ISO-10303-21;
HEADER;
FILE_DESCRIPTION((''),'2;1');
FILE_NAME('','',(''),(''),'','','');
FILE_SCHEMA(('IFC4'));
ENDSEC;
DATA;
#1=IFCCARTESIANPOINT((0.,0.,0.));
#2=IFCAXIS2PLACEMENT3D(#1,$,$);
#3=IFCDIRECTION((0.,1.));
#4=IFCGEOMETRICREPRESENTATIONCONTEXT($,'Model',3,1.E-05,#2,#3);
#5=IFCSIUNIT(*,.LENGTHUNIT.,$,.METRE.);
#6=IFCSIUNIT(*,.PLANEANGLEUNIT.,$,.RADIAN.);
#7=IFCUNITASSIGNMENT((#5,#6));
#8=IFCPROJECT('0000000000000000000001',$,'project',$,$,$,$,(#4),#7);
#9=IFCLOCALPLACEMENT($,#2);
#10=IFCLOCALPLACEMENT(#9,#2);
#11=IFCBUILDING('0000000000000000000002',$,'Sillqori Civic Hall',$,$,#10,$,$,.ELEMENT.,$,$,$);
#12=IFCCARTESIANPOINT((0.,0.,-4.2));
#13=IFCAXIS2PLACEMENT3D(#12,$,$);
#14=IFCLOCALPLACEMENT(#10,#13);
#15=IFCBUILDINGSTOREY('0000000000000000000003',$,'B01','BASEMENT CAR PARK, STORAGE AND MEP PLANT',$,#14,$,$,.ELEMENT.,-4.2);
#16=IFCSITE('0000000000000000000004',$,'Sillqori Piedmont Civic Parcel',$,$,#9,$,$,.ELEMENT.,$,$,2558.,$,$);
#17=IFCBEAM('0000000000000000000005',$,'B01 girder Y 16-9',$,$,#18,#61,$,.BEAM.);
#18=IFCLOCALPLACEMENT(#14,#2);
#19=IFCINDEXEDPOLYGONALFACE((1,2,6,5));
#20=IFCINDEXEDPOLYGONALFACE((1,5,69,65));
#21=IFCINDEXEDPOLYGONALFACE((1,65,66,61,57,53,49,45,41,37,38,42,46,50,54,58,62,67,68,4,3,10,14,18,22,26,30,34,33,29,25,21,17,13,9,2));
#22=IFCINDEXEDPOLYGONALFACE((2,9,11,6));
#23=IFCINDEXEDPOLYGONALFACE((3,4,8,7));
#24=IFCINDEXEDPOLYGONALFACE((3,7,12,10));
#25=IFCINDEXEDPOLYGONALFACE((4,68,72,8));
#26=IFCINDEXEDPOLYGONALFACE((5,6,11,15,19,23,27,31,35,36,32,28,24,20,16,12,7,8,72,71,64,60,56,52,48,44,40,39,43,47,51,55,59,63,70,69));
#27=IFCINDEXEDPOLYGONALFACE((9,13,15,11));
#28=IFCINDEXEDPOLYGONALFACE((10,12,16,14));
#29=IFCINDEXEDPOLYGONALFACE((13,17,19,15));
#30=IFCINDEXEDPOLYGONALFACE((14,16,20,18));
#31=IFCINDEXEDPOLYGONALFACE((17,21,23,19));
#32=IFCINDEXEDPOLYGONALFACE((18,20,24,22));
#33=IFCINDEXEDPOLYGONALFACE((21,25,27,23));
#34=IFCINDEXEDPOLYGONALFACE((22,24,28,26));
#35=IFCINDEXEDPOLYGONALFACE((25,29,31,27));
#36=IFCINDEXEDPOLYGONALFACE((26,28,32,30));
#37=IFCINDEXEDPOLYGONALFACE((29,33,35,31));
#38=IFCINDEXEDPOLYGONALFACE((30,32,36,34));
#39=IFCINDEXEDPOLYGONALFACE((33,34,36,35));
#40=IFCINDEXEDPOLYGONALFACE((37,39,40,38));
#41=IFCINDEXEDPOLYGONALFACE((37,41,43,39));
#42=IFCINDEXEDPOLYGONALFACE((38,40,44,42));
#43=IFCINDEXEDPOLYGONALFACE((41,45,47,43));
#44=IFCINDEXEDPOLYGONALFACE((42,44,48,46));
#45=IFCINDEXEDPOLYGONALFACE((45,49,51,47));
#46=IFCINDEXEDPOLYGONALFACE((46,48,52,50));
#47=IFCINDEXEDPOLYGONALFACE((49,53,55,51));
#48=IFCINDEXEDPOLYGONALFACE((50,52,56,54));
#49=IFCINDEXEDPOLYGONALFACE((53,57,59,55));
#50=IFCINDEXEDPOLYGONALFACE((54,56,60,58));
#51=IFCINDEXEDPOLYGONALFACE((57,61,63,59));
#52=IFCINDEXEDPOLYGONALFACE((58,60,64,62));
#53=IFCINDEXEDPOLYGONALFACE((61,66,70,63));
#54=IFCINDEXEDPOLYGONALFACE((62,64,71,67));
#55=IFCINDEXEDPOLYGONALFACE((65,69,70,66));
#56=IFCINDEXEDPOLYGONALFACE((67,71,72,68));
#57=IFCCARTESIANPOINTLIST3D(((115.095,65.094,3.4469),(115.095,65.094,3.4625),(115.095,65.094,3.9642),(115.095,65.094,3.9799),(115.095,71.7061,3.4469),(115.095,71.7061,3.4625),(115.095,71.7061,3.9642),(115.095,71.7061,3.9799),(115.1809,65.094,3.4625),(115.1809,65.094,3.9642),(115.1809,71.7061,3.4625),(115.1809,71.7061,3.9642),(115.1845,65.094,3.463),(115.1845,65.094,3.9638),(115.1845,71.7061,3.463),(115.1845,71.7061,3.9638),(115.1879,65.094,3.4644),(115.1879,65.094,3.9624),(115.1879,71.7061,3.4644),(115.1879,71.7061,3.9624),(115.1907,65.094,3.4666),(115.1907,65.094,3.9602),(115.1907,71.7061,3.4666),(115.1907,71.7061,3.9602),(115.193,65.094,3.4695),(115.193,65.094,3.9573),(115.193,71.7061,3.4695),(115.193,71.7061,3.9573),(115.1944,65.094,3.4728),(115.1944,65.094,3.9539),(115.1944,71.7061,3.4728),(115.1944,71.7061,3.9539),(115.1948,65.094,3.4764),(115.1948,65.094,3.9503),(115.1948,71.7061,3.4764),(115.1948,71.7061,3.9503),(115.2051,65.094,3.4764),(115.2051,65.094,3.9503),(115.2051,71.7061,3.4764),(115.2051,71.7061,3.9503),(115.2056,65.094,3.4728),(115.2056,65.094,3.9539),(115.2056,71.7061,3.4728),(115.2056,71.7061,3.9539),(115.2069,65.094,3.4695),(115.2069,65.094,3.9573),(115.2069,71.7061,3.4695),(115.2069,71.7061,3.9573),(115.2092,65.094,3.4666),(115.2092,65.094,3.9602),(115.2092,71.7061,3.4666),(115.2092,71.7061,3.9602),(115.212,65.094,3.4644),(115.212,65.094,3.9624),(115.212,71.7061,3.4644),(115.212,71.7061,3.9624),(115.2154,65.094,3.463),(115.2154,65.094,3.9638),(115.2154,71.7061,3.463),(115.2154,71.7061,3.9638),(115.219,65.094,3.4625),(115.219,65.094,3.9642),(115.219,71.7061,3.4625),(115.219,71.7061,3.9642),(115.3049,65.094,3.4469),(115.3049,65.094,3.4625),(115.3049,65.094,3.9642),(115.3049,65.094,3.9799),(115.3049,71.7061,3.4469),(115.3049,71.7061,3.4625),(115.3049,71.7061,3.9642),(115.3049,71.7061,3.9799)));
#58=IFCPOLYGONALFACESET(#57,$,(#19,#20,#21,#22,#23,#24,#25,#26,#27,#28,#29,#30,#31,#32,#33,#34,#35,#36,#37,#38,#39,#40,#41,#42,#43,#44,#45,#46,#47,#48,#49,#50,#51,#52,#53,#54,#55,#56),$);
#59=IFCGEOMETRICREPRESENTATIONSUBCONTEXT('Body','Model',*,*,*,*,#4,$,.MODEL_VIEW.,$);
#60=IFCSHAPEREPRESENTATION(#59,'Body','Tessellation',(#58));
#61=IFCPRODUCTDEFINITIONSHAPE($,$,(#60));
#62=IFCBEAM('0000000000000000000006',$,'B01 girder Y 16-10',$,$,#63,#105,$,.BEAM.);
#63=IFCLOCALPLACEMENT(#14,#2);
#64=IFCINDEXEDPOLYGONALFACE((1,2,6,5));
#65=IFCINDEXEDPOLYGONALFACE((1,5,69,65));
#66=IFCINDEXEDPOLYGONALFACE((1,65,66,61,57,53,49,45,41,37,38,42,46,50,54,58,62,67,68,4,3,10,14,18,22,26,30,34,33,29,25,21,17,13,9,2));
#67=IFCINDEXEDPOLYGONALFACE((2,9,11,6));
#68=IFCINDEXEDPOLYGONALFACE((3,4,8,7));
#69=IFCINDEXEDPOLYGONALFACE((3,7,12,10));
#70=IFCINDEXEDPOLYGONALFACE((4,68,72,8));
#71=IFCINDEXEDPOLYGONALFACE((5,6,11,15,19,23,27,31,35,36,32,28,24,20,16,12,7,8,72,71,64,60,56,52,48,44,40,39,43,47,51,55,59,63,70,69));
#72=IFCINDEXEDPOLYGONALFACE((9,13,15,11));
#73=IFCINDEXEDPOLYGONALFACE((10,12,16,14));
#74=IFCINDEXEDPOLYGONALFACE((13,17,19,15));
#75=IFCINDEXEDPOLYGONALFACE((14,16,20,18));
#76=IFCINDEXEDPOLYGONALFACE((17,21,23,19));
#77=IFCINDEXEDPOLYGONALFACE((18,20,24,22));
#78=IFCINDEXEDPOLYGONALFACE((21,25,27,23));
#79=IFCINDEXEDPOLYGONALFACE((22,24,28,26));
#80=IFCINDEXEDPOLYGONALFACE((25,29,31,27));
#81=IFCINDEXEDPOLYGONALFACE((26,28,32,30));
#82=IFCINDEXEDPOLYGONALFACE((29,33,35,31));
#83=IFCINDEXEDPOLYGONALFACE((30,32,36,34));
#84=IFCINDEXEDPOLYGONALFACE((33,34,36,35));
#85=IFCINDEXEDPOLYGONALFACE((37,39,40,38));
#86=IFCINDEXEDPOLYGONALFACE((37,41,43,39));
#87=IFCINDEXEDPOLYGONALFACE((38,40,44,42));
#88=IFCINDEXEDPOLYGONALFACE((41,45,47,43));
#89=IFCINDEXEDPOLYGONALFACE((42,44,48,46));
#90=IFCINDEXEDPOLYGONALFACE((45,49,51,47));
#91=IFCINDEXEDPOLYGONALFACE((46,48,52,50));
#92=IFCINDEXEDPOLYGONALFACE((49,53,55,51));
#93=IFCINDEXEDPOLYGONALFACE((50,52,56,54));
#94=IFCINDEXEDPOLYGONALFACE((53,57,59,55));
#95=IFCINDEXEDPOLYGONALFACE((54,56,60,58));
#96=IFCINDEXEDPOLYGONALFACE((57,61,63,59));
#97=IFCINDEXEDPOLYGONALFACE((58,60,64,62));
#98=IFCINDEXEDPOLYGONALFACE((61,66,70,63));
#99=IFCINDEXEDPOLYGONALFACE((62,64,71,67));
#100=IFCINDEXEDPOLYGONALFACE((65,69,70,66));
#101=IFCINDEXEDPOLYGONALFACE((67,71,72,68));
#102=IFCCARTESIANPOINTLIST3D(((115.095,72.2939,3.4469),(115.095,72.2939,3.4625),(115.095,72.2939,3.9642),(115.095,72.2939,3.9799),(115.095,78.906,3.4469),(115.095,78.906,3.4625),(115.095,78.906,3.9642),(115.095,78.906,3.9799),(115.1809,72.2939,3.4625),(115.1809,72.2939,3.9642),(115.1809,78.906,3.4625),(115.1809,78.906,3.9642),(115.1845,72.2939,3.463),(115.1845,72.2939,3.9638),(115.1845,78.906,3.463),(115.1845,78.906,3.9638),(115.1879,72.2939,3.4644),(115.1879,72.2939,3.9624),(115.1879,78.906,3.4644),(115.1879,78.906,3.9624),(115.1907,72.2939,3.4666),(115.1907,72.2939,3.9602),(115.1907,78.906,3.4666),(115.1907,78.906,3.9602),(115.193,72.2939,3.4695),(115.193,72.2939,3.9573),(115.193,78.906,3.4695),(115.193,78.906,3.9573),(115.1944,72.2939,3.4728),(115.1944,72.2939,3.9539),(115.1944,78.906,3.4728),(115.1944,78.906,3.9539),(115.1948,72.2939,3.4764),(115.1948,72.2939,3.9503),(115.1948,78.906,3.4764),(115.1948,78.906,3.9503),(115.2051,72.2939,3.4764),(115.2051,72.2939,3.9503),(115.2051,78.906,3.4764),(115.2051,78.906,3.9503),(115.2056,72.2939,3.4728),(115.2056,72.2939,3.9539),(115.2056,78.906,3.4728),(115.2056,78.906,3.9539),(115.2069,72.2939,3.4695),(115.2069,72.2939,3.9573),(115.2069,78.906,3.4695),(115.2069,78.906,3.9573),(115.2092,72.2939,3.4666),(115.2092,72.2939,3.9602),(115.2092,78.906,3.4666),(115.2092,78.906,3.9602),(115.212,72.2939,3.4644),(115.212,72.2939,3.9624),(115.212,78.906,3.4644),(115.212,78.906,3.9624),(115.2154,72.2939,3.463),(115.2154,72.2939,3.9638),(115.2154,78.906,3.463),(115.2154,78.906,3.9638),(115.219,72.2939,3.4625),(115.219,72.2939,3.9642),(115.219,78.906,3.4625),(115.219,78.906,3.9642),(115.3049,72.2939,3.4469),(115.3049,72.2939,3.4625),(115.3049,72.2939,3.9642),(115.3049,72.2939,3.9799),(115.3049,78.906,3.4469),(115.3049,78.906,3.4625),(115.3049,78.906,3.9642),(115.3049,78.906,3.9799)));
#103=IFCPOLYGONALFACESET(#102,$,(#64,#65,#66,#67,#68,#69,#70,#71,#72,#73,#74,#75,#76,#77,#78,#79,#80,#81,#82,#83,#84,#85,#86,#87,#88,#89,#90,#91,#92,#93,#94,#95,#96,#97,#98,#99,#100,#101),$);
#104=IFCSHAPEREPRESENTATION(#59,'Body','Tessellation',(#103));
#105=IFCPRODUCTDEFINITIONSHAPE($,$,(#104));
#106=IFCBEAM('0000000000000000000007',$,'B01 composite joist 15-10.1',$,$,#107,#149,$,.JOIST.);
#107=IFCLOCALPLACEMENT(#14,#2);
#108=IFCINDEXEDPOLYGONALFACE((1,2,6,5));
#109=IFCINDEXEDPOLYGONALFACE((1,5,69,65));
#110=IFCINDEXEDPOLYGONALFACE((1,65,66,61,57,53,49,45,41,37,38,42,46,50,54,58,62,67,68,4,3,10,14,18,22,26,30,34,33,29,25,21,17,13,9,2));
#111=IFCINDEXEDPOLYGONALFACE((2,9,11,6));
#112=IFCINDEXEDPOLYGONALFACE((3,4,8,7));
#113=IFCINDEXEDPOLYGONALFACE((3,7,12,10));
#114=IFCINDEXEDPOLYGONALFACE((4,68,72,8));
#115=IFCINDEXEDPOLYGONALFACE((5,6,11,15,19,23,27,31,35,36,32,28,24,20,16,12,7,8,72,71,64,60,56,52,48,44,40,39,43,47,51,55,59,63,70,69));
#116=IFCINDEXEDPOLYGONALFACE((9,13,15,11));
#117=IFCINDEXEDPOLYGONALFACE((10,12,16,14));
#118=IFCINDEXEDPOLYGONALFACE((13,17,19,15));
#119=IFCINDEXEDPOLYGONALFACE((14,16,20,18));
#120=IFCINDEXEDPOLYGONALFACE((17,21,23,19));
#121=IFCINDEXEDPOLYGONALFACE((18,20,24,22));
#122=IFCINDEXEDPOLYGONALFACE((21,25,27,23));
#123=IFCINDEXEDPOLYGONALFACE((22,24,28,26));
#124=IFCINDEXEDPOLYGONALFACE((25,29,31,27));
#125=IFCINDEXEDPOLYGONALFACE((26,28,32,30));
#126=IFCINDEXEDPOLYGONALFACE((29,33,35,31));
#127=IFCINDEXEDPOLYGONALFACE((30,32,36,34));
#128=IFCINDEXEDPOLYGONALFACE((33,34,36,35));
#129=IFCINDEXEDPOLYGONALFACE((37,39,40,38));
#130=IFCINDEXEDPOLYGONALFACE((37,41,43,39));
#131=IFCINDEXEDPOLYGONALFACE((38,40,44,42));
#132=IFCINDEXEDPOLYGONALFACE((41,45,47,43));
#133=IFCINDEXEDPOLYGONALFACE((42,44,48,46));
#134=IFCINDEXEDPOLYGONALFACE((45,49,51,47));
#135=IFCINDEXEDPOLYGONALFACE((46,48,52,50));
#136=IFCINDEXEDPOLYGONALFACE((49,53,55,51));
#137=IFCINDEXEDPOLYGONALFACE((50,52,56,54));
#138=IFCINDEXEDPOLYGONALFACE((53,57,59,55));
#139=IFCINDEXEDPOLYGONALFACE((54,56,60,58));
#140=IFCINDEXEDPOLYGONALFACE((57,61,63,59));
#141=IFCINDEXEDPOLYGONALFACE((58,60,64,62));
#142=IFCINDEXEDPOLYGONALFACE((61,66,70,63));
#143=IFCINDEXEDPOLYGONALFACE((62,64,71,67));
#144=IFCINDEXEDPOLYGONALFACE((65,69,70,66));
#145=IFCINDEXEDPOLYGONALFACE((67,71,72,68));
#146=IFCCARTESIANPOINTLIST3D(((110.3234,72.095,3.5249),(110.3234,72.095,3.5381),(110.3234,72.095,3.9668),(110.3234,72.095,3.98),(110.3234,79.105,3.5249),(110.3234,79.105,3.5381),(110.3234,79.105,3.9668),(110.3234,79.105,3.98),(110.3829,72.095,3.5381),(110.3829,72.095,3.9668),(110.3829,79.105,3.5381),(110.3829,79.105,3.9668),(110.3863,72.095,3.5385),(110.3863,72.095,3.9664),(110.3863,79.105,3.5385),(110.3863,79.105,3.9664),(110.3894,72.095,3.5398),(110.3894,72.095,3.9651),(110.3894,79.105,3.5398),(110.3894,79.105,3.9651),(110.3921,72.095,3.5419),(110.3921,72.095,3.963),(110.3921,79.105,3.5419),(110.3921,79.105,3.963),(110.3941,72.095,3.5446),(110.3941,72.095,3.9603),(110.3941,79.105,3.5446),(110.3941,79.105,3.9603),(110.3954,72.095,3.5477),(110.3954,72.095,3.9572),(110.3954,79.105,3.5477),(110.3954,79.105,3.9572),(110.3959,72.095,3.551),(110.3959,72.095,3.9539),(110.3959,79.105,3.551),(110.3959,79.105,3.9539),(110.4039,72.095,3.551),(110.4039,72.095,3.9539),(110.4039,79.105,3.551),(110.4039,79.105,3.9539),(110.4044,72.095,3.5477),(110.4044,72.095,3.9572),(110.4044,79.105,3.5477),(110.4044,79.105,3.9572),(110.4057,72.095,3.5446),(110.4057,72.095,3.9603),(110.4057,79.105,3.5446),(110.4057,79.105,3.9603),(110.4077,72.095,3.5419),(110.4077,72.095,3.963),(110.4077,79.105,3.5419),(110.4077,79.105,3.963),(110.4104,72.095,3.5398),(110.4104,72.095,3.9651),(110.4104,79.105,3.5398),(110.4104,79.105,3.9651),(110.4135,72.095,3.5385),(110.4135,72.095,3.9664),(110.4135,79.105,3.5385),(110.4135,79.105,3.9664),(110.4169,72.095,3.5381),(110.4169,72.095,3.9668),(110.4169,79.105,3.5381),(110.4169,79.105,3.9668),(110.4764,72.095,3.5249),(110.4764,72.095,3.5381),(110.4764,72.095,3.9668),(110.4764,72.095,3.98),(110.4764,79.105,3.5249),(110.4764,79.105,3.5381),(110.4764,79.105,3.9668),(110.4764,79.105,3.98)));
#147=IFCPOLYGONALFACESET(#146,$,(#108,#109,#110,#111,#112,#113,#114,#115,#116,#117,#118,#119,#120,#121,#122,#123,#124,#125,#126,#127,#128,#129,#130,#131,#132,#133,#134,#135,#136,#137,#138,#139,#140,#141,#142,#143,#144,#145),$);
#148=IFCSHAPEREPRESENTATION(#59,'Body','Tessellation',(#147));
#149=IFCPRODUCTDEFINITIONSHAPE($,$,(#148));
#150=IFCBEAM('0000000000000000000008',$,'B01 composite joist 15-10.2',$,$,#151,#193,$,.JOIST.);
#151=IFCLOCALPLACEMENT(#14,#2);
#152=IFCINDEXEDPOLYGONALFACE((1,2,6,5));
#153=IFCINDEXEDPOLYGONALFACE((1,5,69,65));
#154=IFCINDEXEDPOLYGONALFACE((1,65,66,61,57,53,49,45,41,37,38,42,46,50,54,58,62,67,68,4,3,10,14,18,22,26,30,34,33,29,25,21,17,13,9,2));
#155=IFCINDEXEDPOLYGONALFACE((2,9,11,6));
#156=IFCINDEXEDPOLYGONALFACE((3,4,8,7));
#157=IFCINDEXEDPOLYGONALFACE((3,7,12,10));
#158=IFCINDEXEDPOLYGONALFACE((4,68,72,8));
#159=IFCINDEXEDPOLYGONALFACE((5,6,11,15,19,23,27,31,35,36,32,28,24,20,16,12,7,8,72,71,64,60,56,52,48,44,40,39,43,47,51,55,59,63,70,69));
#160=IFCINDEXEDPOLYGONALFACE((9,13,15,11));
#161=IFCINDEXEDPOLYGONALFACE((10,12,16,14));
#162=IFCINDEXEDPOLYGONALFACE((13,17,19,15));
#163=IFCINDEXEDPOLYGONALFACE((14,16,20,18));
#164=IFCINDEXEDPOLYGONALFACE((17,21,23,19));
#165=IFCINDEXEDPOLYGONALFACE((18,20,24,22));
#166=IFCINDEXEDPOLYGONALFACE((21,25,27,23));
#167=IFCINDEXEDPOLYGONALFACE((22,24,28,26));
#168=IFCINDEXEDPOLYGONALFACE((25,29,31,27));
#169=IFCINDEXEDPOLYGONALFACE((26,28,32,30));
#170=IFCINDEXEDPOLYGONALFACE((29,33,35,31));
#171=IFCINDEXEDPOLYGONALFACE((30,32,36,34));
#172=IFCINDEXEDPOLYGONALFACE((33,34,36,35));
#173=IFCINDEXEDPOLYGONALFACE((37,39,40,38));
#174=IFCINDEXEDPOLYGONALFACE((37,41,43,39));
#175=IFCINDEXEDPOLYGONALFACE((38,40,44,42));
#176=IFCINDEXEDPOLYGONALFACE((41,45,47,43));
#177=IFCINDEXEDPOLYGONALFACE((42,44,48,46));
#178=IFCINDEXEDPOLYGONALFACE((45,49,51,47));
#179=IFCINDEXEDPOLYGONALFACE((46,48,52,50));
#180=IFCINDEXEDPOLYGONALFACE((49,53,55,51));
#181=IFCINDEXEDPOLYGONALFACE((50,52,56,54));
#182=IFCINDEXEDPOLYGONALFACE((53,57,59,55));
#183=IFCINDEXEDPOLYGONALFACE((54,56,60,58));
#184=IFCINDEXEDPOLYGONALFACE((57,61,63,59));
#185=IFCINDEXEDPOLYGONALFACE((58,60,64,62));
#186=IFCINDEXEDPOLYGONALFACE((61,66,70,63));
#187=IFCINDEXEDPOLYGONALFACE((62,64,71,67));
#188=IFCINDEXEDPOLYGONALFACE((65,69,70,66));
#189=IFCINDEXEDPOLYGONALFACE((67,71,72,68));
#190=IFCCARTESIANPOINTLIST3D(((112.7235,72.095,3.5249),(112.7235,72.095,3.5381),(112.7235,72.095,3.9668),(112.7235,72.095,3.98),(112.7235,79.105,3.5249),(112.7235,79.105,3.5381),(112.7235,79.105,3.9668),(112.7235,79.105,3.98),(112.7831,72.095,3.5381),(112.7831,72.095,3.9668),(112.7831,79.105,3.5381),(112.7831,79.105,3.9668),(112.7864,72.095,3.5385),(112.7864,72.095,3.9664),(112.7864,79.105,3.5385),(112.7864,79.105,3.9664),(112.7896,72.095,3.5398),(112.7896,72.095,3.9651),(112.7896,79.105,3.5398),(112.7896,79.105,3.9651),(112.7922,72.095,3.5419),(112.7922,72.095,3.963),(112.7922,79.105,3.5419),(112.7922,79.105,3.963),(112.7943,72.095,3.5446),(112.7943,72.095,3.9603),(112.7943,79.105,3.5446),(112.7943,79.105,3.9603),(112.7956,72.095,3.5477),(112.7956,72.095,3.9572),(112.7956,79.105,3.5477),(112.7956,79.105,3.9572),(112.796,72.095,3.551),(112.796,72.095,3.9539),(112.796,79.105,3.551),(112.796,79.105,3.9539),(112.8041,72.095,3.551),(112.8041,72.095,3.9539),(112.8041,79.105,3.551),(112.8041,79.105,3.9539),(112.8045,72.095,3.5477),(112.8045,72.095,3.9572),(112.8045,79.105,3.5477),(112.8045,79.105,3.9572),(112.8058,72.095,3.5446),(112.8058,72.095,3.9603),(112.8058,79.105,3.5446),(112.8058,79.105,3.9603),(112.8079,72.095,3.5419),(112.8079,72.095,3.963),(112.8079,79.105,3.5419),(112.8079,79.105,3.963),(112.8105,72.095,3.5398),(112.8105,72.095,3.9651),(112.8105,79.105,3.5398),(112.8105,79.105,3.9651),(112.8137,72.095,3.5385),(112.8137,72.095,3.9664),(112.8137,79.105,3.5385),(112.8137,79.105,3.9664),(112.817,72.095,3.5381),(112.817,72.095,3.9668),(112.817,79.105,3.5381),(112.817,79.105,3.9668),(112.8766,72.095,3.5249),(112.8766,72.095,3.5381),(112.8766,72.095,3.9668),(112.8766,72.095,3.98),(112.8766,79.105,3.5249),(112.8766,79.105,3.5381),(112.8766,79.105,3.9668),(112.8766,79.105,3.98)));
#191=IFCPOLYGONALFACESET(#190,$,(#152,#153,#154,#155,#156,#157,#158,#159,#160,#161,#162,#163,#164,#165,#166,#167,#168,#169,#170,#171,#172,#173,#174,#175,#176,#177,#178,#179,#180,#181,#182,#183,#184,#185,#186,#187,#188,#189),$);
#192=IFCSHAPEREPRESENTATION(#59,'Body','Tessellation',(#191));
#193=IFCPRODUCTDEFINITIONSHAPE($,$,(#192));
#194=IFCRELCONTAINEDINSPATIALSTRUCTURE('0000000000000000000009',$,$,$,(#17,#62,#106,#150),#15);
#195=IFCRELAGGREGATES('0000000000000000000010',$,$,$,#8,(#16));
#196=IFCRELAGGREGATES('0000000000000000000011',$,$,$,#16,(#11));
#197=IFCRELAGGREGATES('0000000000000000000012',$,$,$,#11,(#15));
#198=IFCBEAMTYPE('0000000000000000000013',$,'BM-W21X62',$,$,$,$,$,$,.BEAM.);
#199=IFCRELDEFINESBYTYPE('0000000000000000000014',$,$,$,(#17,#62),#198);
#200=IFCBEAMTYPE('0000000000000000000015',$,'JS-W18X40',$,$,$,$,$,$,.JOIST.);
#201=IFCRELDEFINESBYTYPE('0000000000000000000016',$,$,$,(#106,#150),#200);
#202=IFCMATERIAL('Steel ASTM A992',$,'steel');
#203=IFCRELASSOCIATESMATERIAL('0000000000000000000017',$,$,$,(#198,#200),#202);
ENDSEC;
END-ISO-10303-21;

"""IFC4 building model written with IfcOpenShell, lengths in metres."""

from ifc_helpers import new_model, si_unit, direction, frame, origin, origin_2d, place, context, subcontext, project, spatial, i_section, extrude, material, material_profile, profile_set, type_object, element, save


model = new_model("IFC4")

# Units and contexts
model_context = context("Model", 3, precision=1e-05, world=origin(), true_north=direction((0.0, 1.0)))
body_context = subcontext(model_context, "Body", "Model", "MODEL_VIEW")
ifc_project = project(units=[si_unit("LENGTHUNIT", "METRE"), si_unit("PLANEANGLEUNIT", "RADIAN")], contexts=[model_context])

# Site, building, storey
site_placement = place(None, origin())
site = spatial("IfcSite", under=ifc_project, at=site_placement, Name="Sillqori Piedmont Civic Parcel", CompositionType="ELEMENT", RefElevation=2558.0)
building_placement = place(site_placement, origin())
building = spatial("IfcBuilding", under=site, at=building_placement, Name="Sillqori Civic Hall", CompositionType="ELEMENT")
storey_placement = place(building_placement, frame((0.0, 0.0, -4.2)))
storey = spatial("IfcBuildingStorey", under=building, at=storey_placement, Name="B01", Description="BASEMENT CAR PARK, STORAGE AND MEP PLANT", CompositionType="ELEMENT", Elevation=-4.2)

# Beams
ifc_material_1 = material(Name="Steel ASTM A992", Category="steel")
ifc_material_profile_1 = material_profile(ifc_material_1, i_section(OverallWidth=0.21, OverallDepth=0.533, WebThickness=0.0103, FlangeThickness=0.0156, FilletRadius=0.0139, at=origin_2d()), Name="W21X62")
ifc_profile_set_1 = profile_set([ifc_material_profile_1], Name="Steel ASTM A992")
beam_type_1 = type_object("IfcBeamType", Name="BM-W21X62", PredefinedType="BEAM", material=ifc_profile_set_1)
for number, where, z_axis, x_axis, name in (
    (1, (115.2, 65.094, 3.7134), (0.0, 1.0, 0.0), (-1.0, 0.0, 0.0), "B01 girder Y 16-9"),
    (2, (115.2, 72.2939, 3.7134), (0.0, 1.0, 0.0), (-1.0, 0.0, 0.0), "B01 girder Y 16-10"),
):
    element("IfcBeam", number, at=place(storey_placement, frame(where, z_axis=z_axis, x_axis=x_axis)), inside=storey, type_object=beam_type_1, Name=name, PredefinedType="BEAM", context=body_context, shape_type="SweptSolid", body=[
        extrude(i_section(OverallWidth=0.21, OverallDepth=0.533, WebThickness=0.0103, FlangeThickness=0.0156, FilletRadius=0.0139, at=origin_2d()), origin(), (0.0, 0.0, 1.0), 6.6121),
    ])
ifc_material_profile_2 = material_profile(ifc_material_1, i_section(OverallWidth=0.1531, OverallDepth=0.4551, WebThickness=0.0081, FlangeThickness=0.0132, FilletRadius=0.0129, at=origin_2d()), Name="W18X40")
ifc_profile_set_2 = profile_set([ifc_material_profile_2], Name="Steel ASTM A992")
beam_type_2 = type_object("IfcBeamType", Name="JS-W18X40", PredefinedType="JOIST", material=ifc_profile_set_2)
for number, where, z_axis, x_axis, name in (
    (3, (110.3999, 72.095, 3.7524), (0.0, 1.0, 0.0), (-1.0, 0.0, 0.0), "B01 composite joist 15-10.1"),
    (4, (112.8, 72.095, 3.7524), (0.0, 1.0, 0.0), (-1.0, 0.0, 0.0), "B01 composite joist 15-10.2"),
):
    element("IfcBeam", number, at=place(storey_placement, frame(where, z_axis=z_axis, x_axis=x_axis)), inside=storey, type_object=beam_type_2, Name=name, PredefinedType="JOIST", context=body_context, shape_type="SweptSolid", body=[
        extrude(i_section(OverallWidth=0.1531, OverallDepth=0.4551, WebThickness=0.0081, FlangeThickness=0.0132, FilletRadius=0.0129, at=origin_2d()), origin(), (0.0, 0.0, 1.0), 7.01),
    ])

save(model, "model.ifc")
